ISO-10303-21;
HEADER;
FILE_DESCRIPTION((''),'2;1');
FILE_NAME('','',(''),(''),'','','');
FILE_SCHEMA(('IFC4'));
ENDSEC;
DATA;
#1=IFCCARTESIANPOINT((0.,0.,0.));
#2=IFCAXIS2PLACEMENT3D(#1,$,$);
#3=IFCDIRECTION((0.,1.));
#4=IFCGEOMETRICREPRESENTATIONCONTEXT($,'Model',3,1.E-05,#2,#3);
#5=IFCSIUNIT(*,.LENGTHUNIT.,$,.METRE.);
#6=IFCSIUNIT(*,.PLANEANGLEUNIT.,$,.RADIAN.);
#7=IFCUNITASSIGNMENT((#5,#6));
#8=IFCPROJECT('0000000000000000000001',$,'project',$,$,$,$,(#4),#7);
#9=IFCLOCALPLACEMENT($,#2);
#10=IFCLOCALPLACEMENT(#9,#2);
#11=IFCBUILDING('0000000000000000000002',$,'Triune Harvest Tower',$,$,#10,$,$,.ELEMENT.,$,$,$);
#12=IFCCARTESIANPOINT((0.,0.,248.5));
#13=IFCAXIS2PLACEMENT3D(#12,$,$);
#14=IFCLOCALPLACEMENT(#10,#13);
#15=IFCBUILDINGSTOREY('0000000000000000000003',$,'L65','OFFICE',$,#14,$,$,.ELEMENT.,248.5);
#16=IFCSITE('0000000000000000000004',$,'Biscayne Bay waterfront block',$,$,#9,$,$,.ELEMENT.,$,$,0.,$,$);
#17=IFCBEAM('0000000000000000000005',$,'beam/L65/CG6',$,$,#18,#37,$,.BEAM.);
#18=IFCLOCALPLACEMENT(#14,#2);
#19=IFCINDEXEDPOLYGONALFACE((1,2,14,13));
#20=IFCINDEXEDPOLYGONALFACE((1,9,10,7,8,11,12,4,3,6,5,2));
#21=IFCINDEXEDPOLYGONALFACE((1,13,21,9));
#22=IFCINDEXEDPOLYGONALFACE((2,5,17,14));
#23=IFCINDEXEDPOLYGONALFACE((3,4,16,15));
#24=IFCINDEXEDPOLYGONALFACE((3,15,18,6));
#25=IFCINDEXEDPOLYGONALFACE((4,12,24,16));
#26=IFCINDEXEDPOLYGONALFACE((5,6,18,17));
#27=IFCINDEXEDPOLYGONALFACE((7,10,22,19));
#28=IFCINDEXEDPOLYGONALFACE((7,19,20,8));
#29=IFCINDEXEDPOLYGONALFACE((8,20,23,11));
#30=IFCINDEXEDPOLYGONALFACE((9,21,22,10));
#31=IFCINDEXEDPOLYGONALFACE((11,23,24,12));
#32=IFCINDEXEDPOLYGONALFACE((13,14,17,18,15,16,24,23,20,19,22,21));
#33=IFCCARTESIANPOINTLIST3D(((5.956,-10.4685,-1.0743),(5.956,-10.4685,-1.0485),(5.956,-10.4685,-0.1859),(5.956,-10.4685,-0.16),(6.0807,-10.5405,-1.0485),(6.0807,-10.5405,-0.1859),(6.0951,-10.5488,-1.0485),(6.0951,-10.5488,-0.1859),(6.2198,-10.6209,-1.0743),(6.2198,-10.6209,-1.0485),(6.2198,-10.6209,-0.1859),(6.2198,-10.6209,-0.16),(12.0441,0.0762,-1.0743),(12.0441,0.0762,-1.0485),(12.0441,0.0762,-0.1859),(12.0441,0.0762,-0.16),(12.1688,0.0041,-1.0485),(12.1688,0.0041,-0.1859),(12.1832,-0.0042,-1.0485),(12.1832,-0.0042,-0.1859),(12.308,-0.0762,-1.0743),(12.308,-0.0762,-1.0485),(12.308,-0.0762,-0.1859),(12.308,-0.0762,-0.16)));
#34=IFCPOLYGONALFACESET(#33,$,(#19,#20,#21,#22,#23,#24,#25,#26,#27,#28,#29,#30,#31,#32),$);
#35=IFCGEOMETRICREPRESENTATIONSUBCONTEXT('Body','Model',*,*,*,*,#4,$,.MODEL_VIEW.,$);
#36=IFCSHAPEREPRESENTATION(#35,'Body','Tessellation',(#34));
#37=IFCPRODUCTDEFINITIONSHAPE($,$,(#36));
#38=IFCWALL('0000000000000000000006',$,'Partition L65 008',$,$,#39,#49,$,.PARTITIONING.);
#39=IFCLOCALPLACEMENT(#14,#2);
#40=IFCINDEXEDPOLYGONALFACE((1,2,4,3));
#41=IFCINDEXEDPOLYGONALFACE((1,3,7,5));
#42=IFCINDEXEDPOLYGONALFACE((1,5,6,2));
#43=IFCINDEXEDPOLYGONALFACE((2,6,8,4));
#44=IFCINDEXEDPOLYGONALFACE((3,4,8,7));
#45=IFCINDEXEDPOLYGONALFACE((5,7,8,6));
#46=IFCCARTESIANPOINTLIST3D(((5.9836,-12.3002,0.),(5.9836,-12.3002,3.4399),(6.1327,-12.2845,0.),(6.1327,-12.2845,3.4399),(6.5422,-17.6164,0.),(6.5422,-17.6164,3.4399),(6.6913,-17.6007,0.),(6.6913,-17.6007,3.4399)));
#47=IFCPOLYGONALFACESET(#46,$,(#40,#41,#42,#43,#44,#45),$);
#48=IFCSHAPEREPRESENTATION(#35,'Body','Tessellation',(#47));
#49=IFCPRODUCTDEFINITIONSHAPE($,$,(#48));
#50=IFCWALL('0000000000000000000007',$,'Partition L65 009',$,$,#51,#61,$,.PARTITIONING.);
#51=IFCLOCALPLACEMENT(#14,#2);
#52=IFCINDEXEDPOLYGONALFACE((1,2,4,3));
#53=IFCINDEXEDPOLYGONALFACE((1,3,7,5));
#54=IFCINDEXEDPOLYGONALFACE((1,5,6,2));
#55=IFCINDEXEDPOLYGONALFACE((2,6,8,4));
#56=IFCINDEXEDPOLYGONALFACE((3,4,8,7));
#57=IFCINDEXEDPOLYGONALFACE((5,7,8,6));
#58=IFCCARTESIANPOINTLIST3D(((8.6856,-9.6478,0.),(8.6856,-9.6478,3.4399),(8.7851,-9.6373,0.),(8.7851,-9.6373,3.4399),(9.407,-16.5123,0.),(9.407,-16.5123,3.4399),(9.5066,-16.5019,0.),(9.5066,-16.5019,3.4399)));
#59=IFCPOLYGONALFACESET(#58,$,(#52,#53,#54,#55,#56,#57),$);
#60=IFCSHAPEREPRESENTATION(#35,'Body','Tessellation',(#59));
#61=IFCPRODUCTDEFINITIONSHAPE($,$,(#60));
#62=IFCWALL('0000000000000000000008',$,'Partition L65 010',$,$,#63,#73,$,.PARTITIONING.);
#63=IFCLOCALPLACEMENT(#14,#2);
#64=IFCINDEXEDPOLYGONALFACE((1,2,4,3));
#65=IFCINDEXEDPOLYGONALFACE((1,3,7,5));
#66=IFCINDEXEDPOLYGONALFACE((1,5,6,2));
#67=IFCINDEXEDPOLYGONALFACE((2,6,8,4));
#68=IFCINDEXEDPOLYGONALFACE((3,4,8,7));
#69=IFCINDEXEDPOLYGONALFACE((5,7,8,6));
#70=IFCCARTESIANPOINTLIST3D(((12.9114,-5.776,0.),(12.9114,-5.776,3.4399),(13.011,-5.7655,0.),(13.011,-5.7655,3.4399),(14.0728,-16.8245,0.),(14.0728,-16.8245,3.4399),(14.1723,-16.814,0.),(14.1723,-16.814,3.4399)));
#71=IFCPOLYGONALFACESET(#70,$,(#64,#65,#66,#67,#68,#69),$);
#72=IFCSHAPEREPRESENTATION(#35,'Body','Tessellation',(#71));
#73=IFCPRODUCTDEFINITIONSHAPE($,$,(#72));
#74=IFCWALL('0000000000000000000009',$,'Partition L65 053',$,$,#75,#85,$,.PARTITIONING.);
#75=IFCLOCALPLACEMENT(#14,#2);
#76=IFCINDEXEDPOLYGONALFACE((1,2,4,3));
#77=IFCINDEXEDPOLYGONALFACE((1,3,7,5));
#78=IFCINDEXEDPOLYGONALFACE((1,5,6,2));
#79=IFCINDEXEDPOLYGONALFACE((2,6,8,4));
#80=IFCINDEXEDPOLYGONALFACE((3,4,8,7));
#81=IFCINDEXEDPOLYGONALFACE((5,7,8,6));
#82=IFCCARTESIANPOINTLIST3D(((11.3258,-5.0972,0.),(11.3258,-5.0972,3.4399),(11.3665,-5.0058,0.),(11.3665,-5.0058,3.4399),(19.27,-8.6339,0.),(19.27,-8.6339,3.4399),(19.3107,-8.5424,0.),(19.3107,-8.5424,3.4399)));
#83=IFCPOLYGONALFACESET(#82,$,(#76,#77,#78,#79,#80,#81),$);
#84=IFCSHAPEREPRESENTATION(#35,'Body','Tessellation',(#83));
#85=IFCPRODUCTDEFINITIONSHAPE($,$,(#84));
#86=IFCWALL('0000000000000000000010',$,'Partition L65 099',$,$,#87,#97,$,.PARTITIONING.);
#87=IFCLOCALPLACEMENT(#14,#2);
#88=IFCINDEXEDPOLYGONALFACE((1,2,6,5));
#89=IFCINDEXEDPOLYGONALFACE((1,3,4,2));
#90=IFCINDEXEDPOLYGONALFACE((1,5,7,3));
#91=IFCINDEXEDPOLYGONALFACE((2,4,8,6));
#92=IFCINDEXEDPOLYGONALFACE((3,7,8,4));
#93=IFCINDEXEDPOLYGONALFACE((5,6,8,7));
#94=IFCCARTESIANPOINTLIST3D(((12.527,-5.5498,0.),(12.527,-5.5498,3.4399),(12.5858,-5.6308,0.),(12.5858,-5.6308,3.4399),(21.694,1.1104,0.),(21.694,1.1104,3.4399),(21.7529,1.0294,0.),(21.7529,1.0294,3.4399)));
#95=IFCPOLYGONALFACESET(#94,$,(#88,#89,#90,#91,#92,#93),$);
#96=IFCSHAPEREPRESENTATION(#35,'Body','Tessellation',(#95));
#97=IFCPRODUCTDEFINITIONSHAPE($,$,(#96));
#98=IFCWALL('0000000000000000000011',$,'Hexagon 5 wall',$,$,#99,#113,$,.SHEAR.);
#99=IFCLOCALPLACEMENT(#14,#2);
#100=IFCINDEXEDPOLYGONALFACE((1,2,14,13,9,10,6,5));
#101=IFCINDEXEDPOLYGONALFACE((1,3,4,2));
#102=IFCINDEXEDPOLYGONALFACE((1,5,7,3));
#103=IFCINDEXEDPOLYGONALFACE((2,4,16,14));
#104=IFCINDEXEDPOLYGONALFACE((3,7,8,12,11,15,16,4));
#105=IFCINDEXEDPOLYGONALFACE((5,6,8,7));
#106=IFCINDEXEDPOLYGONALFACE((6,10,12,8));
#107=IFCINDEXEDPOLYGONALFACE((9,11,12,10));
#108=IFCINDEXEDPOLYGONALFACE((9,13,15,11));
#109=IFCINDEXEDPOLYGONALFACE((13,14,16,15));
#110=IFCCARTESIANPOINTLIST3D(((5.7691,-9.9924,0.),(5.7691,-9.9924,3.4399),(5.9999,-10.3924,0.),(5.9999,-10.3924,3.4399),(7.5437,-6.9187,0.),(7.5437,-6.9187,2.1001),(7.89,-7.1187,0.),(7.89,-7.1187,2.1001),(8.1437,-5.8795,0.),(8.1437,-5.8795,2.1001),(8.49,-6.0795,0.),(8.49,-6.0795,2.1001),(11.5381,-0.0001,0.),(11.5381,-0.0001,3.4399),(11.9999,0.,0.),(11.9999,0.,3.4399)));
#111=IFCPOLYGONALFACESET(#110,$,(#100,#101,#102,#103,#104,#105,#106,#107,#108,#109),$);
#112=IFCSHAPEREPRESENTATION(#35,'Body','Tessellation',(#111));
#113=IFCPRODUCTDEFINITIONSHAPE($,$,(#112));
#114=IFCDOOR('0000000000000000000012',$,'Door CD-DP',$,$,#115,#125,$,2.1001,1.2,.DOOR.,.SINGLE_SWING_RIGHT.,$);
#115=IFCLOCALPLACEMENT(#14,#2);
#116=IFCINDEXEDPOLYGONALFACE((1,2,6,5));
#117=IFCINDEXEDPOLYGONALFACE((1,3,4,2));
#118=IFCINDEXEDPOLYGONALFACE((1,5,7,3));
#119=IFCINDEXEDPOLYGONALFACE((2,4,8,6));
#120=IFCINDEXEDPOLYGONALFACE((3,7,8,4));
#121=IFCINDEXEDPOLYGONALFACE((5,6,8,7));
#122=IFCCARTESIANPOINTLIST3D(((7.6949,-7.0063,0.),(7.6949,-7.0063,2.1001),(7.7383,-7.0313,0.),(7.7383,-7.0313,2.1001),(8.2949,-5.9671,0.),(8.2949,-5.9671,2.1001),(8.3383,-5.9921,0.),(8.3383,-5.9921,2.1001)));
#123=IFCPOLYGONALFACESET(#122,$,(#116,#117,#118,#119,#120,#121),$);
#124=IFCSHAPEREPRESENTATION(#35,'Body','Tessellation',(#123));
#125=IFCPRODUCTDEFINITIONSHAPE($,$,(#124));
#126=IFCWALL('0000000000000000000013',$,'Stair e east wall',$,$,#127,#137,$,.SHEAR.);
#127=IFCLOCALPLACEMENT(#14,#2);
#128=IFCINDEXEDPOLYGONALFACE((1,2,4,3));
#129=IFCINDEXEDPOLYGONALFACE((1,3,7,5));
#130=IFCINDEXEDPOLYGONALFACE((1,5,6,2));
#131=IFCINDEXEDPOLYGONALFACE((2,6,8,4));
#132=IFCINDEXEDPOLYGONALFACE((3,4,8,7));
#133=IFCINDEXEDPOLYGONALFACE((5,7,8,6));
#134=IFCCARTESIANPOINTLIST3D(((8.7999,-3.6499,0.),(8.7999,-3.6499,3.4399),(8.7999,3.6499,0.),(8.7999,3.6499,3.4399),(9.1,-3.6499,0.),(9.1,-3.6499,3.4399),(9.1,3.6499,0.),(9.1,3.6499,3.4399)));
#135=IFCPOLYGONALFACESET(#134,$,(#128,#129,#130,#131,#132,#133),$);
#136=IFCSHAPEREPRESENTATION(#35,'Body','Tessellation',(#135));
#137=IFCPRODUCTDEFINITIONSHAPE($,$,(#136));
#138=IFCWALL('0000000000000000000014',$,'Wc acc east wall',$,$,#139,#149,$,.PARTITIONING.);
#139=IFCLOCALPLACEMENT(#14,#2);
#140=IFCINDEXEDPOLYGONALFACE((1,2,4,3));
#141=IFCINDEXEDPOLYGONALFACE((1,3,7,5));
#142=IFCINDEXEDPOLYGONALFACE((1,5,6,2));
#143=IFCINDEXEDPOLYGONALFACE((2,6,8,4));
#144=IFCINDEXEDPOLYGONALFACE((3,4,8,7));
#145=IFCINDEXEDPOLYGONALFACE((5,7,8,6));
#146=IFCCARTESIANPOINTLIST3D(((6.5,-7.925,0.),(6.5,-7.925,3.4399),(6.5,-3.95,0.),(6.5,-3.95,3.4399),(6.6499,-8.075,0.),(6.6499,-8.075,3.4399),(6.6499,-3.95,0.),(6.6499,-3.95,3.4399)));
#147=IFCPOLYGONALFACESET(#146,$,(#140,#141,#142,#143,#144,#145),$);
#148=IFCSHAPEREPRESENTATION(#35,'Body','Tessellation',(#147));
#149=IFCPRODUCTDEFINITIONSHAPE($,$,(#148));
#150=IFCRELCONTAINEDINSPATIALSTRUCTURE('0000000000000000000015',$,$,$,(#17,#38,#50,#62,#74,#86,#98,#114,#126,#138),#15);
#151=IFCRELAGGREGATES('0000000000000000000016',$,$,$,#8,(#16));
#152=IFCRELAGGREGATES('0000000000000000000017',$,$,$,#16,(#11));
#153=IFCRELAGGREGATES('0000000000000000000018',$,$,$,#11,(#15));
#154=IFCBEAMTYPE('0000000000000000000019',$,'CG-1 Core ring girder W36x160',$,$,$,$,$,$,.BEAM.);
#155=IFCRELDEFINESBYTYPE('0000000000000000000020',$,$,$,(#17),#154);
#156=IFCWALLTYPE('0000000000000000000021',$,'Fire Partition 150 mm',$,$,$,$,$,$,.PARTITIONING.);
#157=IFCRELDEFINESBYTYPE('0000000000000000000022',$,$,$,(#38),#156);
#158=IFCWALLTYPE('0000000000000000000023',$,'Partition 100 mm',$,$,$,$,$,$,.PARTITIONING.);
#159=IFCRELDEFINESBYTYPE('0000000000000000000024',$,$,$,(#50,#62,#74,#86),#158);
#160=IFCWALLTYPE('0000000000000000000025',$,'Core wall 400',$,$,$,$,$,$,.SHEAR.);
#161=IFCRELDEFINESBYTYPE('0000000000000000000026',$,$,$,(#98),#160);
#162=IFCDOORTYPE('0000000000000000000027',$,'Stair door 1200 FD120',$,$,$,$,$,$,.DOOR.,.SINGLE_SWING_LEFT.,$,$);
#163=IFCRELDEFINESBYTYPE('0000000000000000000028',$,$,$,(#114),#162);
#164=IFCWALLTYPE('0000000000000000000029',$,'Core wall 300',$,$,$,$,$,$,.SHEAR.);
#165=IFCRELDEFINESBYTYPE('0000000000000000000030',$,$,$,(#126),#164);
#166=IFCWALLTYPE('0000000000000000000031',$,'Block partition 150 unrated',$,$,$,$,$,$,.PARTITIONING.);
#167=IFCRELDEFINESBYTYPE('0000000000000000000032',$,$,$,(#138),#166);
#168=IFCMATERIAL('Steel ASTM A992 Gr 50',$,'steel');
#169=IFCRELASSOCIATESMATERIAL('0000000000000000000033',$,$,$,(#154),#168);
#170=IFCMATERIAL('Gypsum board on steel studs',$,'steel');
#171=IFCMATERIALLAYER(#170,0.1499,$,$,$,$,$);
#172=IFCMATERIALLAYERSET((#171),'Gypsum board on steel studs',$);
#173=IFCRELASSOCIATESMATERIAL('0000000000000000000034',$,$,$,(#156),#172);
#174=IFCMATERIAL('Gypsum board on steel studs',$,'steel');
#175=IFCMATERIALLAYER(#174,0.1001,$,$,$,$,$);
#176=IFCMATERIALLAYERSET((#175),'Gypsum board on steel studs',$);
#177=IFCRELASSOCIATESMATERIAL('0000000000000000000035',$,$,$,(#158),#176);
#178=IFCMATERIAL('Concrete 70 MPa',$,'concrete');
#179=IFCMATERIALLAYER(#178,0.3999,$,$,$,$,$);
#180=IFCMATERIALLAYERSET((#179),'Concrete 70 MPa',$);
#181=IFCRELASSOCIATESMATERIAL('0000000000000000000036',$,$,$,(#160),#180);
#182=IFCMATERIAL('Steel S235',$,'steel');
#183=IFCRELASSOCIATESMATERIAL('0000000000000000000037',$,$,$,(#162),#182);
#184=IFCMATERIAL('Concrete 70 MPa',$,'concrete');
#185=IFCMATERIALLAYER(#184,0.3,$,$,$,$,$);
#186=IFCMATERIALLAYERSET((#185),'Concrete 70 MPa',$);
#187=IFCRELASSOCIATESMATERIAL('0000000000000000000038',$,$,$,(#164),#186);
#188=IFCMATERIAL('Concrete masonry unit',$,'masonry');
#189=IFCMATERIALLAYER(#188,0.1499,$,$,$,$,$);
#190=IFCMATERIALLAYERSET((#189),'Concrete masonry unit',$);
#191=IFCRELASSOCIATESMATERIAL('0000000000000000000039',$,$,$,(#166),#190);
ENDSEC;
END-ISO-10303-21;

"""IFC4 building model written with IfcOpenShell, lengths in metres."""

from ifc_helpers import new_model, si_unit, direction, frame, frame_2d, origin, origin_2d, place, context, subcontext, project, spatial, polyline, rectangle, i_section, outline, extrude, source, transform, mapped, material, layer, layer_set, material_profile, profile_set, type_object, element, fill, save


model = new_model("IFC4")

# Units and contexts
model_context = context("Model", 3, precision=1e-05, world=origin(), true_north=direction((0.0, 1.0)))
body_context = subcontext(model_context, "Body", "Model", "MODEL_VIEW")
ifc_project = project(units=[si_unit("LENGTHUNIT", "METRE"), si_unit("PLANEANGLEUNIT", "RADIAN")], contexts=[model_context])

# Site, building, storey
site_placement = place(None, origin())
site = spatial("IfcSite", under=ifc_project, at=site_placement, Name="Biscayne Bay waterfront block", CompositionType="ELEMENT", RefElevation=0.0)
building_placement = place(site_placement, origin())
building = spatial("IfcBuilding", under=site, at=building_placement, Name="Triune Harvest Tower", CompositionType="ELEMENT")
storey_placement = place(building_placement, frame((0.0, 0.0, 248.5)))
storey = spatial("IfcBuildingStorey", under=building, at=storey_placement, Name="L65", Description="OFFICE", CompositionType="ELEMENT", Elevation=248.5)

# Beam
ifc_material_1 = material(Name="Steel ASTM A992 Gr 50", Category="steel")
ifc_material_profile = material_profile(ifc_material_1, i_section(OverallWidth=0.3047, OverallDepth=0.9143, WebThickness=0.0166, FlangeThickness=0.0259, at=origin_2d()), Name="W36x160")
ifc_profile_set = profile_set([ifc_material_profile], Name="Steel ASTM A992 Gr 50")
beam_type = type_object("IfcBeamType", Name="CG-1 Core ring girder W36x160", PredefinedType="BEAM", material=ifc_profile_set)
shared_shape_1 = source(origin(), body_context, "Body", "SweptSolid", [
    extrude(i_section(OverallWidth=0.3047, OverallDepth=0.9143, WebThickness=0.0166, FlangeThickness=0.0259, at=origin_2d()), origin(), (0.0, 0.0, 1.0), 12.176),
])
beam_placement = place(storey_placement, frame((6.0879, -10.5447, -0.6172), z_axis=(0.50001, 0.86602, 0.0), x_axis=(-0.86602, 0.50001, 0.0)))
element("IfcBeam", 1, at=beam_placement, inside=storey, type_object=beam_type, Name="beam/L65/CG6", PredefinedType="BEAM", context=body_context, shape_type="MappedRepresentation", body=[
    mapped(shared_shape_1, transform((0.0, 0.0, 0.0), scale=1.0)),
])

# Walls
ifc_material_2 = material(Name="Gypsum board on steel studs", Category="steel")
ifc_layer_1 = layer(ifc_material_2, 0.1499)
ifc_layer_set_1 = layer_set([ifc_layer_1], Name="Gypsum board on steel studs")
wall_type_1 = type_object("IfcWallType", Name="Fire Partition 150 mm", PredefinedType="PARTITIONING", material=ifc_layer_set_1)
wall_1_placement = place(storey_placement, frame((6.0581, -12.2922, 0.0), z_axis=(0.0, 0.0, 1.0), x_axis=(0.104499, -0.994525, 0.0)))
element("IfcWall", 2, at=wall_1_placement, inside=storey, type_object=wall_type_1, Name="Partition L65 008", PredefinedType="PARTITIONING", context=body_context, shape_type="SweptSolid", body=[
    extrude(rectangle(XDim=5.3455, YDim=0.1499, at=frame_2d((2.6729, 0.0))), origin(), (0.0, 0.0, 1.0), 3.4399),
])
ifc_material_3 = material(Name="Gypsum board on steel studs", Category="steel")
ifc_layer_2 = layer(ifc_material_3, 0.1001)
ifc_layer_set_2 = layer_set([ifc_layer_2], Name="Gypsum board on steel studs")
wall_type_2 = type_object("IfcWallType", Name="Partition 100 mm", PredefinedType="PARTITIONING", material=ifc_layer_set_2)
wall_2_placement = place(storey_placement, frame((8.7354, -9.6426, 0.0), z_axis=(0.0, 0.0, 1.0), x_axis=(0.104521, -0.994523, 0.0)))
element("IfcWall", 3, at=wall_2_placement, inside=storey, type_object=wall_type_2, Name="Partition L65 009", PredefinedType="PARTITIONING", context=body_context, shape_type="SweptSolid", body=[
    extrude(rectangle(XDim=6.9023, YDim=0.1001, at=frame_2d((3.4512, 0.0))), origin(), (0.0, 0.0, 1.0), 3.4399),
])
wall_3_placement = place(storey_placement, frame((12.9612, -5.7708, 0.0), z_axis=(0.0, 0.0, 1.0), x_axis=(0.10454, -0.994521, 0.0)))
element("IfcWall", 4, at=wall_3_placement, inside=storey, type_object=wall_type_2, Name="Partition L65 010", PredefinedType="PARTITIONING", context=body_context, shape_type="SweptSolid", body=[
    extrude(rectangle(XDim=11.1094, YDim=0.1001, at=frame_2d((5.5547, 0.0))), origin(), (0.0, 0.0, 1.0), 3.4399),
])
wall_4_placement = place(storey_placement, frame((11.3462, -5.0515, 0.0), z_axis=(0.0, 0.0, 1.0), x_axis=(0.913559, -0.406706, 0.0)))
element("IfcWall", 5, at=wall_4_placement, inside=storey, type_object=wall_type_2, Name="Partition L65 053", PredefinedType="PARTITIONING", context=body_context, shape_type="SweptSolid", body=[
    extrude(rectangle(XDim=8.6958, YDim=0.1001, at=frame_2d((4.3479, 0.0))), origin(), (0.0, 0.0, 1.0), 3.4399),
])
wall_5_placement = place(storey_placement, frame((12.5564, -5.5903, 0.0), z_axis=(0.0, 0.0, 1.0), x_axis=(0.809019, 0.587782, 0.0)))
element("IfcWall", 6, at=wall_5_placement, inside=storey, type_object=wall_type_2, Name="Partition L65 099", PredefinedType="PARTITIONING", context=body_context, shape_type="SweptSolid", body=[
    extrude(rectangle(XDim=11.3311, YDim=0.1001, at=frame_2d((5.6655, 0.0))), origin(), (0.0, 0.0, 1.0), 3.4399),
])

# Wall, opening, door
ifc_material_4 = material(Name="Concrete 70 MPa", Category="concrete")
ifc_layer_3 = layer(ifc_material_4, 0.3999)
ifc_layer_set_3 = layer_set([ifc_layer_3], Name="Concrete 70 MPa")
wall_type_3 = type_object("IfcWallType", Name="Core wall 400", PredefinedType="SHEAR", material=ifc_layer_set_3)
shared_shape_2 = source(origin(), body_context, "Body", "SweptSolid", [
    extrude(outline(polyline([(-0.1155, -0.2), (11.8845, -0.2), (11.6536, 0.2), (0.1155, 0.2), (-0.1155, -0.2)])), origin(), (0.0, 0.0, 1.0), 3.4399),
])
wall_6_placement = place(storey_placement, frame((5.8845, -10.1924, 0.0), z_axis=(0.0, 0.0, 1.0), x_axis=(0.499997, 0.866027, 0.0)))
wall_6 = element("IfcWall", 7, at=wall_6_placement, inside=storey, type_object=wall_type_3, Name="Hexagon 5 wall", PredefinedType="SHEAR", context=body_context, shape_type="MappedRepresentation", body=[
    mapped(shared_shape_2, transform((0.0, 0.0, 0.0), scale=1.0)),
])
opening_1_placement = place(wall_6_placement, frame((3.6646, 0.0, 0.0)))
opening_1 = element("IfcOpeningElement", 8, at=opening_1_placement, cuts=wall_6, PredefinedType="OPENING", context=body_context, shape_type="SweptSolid", body=[
    extrude(rectangle(XDim=1.2, YDim=2.1001, at=frame_2d((0.6001, 1.05))), frame((0.0, 0.21, 0.0), z_axis=(0.0, -1.0, 0.0), x_axis=(1.0, 0.0, 0.0)), (0.0, 0.0, 1.0), 0.4199),
])
ifc_material_5 = material(Name="Steel S235", Category="steel")
door_type_1 = type_object("IfcDoorType", Name="Stair door 1200 FD120", OperationType="SINGLE_SWING_LEFT", PredefinedType="DOOR", material=ifc_material_5)
door_1_placement = place(opening_1_placement, frame((1.2, 0.0, 0.0), z_axis=(0.0, 0.0, 1.0), x_axis=(-1.0, 0.0, 0.0)))
door_1 = element("IfcDoor", 9, at=door_1_placement, inside=storey, type_object=door_type_1, Name="Door CD-DP", OperationType="SINGLE_SWING_RIGHT", OverallHeight=2.1001, OverallWidth=1.2, PredefinedType="DOOR", context=body_context, shape_type="SweptSolid", body=[
    extrude(rectangle(XDim=1.2, YDim=2.1001, at=frame_2d((0.6001, 1.05))), frame((0.0, 0.0249, 0.0), z_axis=(0.0, -1.0, 0.0), x_axis=(1.0, 0.0, 0.0)), (0.0, 0.0, 1.0), 0.05),
])
fill(opening_1, door_1)

# Walls
ifc_material_6 = material(Name="Concrete 70 MPa", Category="concrete")
ifc_layer_4 = layer(ifc_material_6, 0.3)
ifc_layer_set_4 = layer_set([ifc_layer_4], Name="Concrete 70 MPa")
wall_type_4 = type_object("IfcWallType", Name="Core wall 300", PredefinedType="SHEAR", material=ifc_layer_set_4)
shared_shape_3 = source(origin(), body_context, "Body", "SweptSolid", [
    extrude(rectangle(XDim=7.2998, YDim=0.3, at=frame_2d((3.6499, 0.0))), origin(), (0.0, 0.0, 1.0), 3.4399),
])
wall_7_placement = place(storey_placement, frame((8.95, -3.6499, 0.0), z_axis=(0.0, 0.0, 1.0), x_axis=(0.0, 1.0, 0.0)))
element("IfcWall", 10, at=wall_7_placement, inside=storey, type_object=wall_type_4, Name="Stair e east wall", PredefinedType="SHEAR", context=body_context, shape_type="MappedRepresentation", body=[
    mapped(shared_shape_3, transform((0.0, 0.0, 0.0), scale=1.0)),
])
ifc_material_7 = material(Name="Concrete masonry unit", Category="masonry")
ifc_layer_5 = layer(ifc_material_7, 0.1499)
ifc_layer_set_5 = layer_set([ifc_layer_5], Name="Concrete masonry unit")
wall_type_5 = type_object("IfcWallType", Name="Block partition 150 unrated", PredefinedType="PARTITIONING", material=ifc_layer_set_5)
shared_shape_4 = source(origin(), body_context, "Body", "SweptSolid", [
    extrude(outline(polyline([(-0.075, -0.075), (4.05, -0.075), (4.05, 0.075), (0.075, 0.075), (-0.075, -0.075)])), origin(), (0.0, 0.0, 1.0), 3.4399),
])
wall_8_placement = place(storey_placement, frame((6.575, -8.0, 0.0), z_axis=(0.0, 0.0, 1.0), x_axis=(0.0, 1.0, 0.0)))
element("IfcWall", 11, at=wall_8_placement, inside=storey, type_object=wall_type_5, Name="Wc acc east wall", PredefinedType="PARTITIONING", context=body_context, shape_type="MappedRepresentation", body=[
    mapped(shared_shape_4, transform((0.0, 0.0, 0.0), scale=1.0)),
])

save(model, "model.ifc")
